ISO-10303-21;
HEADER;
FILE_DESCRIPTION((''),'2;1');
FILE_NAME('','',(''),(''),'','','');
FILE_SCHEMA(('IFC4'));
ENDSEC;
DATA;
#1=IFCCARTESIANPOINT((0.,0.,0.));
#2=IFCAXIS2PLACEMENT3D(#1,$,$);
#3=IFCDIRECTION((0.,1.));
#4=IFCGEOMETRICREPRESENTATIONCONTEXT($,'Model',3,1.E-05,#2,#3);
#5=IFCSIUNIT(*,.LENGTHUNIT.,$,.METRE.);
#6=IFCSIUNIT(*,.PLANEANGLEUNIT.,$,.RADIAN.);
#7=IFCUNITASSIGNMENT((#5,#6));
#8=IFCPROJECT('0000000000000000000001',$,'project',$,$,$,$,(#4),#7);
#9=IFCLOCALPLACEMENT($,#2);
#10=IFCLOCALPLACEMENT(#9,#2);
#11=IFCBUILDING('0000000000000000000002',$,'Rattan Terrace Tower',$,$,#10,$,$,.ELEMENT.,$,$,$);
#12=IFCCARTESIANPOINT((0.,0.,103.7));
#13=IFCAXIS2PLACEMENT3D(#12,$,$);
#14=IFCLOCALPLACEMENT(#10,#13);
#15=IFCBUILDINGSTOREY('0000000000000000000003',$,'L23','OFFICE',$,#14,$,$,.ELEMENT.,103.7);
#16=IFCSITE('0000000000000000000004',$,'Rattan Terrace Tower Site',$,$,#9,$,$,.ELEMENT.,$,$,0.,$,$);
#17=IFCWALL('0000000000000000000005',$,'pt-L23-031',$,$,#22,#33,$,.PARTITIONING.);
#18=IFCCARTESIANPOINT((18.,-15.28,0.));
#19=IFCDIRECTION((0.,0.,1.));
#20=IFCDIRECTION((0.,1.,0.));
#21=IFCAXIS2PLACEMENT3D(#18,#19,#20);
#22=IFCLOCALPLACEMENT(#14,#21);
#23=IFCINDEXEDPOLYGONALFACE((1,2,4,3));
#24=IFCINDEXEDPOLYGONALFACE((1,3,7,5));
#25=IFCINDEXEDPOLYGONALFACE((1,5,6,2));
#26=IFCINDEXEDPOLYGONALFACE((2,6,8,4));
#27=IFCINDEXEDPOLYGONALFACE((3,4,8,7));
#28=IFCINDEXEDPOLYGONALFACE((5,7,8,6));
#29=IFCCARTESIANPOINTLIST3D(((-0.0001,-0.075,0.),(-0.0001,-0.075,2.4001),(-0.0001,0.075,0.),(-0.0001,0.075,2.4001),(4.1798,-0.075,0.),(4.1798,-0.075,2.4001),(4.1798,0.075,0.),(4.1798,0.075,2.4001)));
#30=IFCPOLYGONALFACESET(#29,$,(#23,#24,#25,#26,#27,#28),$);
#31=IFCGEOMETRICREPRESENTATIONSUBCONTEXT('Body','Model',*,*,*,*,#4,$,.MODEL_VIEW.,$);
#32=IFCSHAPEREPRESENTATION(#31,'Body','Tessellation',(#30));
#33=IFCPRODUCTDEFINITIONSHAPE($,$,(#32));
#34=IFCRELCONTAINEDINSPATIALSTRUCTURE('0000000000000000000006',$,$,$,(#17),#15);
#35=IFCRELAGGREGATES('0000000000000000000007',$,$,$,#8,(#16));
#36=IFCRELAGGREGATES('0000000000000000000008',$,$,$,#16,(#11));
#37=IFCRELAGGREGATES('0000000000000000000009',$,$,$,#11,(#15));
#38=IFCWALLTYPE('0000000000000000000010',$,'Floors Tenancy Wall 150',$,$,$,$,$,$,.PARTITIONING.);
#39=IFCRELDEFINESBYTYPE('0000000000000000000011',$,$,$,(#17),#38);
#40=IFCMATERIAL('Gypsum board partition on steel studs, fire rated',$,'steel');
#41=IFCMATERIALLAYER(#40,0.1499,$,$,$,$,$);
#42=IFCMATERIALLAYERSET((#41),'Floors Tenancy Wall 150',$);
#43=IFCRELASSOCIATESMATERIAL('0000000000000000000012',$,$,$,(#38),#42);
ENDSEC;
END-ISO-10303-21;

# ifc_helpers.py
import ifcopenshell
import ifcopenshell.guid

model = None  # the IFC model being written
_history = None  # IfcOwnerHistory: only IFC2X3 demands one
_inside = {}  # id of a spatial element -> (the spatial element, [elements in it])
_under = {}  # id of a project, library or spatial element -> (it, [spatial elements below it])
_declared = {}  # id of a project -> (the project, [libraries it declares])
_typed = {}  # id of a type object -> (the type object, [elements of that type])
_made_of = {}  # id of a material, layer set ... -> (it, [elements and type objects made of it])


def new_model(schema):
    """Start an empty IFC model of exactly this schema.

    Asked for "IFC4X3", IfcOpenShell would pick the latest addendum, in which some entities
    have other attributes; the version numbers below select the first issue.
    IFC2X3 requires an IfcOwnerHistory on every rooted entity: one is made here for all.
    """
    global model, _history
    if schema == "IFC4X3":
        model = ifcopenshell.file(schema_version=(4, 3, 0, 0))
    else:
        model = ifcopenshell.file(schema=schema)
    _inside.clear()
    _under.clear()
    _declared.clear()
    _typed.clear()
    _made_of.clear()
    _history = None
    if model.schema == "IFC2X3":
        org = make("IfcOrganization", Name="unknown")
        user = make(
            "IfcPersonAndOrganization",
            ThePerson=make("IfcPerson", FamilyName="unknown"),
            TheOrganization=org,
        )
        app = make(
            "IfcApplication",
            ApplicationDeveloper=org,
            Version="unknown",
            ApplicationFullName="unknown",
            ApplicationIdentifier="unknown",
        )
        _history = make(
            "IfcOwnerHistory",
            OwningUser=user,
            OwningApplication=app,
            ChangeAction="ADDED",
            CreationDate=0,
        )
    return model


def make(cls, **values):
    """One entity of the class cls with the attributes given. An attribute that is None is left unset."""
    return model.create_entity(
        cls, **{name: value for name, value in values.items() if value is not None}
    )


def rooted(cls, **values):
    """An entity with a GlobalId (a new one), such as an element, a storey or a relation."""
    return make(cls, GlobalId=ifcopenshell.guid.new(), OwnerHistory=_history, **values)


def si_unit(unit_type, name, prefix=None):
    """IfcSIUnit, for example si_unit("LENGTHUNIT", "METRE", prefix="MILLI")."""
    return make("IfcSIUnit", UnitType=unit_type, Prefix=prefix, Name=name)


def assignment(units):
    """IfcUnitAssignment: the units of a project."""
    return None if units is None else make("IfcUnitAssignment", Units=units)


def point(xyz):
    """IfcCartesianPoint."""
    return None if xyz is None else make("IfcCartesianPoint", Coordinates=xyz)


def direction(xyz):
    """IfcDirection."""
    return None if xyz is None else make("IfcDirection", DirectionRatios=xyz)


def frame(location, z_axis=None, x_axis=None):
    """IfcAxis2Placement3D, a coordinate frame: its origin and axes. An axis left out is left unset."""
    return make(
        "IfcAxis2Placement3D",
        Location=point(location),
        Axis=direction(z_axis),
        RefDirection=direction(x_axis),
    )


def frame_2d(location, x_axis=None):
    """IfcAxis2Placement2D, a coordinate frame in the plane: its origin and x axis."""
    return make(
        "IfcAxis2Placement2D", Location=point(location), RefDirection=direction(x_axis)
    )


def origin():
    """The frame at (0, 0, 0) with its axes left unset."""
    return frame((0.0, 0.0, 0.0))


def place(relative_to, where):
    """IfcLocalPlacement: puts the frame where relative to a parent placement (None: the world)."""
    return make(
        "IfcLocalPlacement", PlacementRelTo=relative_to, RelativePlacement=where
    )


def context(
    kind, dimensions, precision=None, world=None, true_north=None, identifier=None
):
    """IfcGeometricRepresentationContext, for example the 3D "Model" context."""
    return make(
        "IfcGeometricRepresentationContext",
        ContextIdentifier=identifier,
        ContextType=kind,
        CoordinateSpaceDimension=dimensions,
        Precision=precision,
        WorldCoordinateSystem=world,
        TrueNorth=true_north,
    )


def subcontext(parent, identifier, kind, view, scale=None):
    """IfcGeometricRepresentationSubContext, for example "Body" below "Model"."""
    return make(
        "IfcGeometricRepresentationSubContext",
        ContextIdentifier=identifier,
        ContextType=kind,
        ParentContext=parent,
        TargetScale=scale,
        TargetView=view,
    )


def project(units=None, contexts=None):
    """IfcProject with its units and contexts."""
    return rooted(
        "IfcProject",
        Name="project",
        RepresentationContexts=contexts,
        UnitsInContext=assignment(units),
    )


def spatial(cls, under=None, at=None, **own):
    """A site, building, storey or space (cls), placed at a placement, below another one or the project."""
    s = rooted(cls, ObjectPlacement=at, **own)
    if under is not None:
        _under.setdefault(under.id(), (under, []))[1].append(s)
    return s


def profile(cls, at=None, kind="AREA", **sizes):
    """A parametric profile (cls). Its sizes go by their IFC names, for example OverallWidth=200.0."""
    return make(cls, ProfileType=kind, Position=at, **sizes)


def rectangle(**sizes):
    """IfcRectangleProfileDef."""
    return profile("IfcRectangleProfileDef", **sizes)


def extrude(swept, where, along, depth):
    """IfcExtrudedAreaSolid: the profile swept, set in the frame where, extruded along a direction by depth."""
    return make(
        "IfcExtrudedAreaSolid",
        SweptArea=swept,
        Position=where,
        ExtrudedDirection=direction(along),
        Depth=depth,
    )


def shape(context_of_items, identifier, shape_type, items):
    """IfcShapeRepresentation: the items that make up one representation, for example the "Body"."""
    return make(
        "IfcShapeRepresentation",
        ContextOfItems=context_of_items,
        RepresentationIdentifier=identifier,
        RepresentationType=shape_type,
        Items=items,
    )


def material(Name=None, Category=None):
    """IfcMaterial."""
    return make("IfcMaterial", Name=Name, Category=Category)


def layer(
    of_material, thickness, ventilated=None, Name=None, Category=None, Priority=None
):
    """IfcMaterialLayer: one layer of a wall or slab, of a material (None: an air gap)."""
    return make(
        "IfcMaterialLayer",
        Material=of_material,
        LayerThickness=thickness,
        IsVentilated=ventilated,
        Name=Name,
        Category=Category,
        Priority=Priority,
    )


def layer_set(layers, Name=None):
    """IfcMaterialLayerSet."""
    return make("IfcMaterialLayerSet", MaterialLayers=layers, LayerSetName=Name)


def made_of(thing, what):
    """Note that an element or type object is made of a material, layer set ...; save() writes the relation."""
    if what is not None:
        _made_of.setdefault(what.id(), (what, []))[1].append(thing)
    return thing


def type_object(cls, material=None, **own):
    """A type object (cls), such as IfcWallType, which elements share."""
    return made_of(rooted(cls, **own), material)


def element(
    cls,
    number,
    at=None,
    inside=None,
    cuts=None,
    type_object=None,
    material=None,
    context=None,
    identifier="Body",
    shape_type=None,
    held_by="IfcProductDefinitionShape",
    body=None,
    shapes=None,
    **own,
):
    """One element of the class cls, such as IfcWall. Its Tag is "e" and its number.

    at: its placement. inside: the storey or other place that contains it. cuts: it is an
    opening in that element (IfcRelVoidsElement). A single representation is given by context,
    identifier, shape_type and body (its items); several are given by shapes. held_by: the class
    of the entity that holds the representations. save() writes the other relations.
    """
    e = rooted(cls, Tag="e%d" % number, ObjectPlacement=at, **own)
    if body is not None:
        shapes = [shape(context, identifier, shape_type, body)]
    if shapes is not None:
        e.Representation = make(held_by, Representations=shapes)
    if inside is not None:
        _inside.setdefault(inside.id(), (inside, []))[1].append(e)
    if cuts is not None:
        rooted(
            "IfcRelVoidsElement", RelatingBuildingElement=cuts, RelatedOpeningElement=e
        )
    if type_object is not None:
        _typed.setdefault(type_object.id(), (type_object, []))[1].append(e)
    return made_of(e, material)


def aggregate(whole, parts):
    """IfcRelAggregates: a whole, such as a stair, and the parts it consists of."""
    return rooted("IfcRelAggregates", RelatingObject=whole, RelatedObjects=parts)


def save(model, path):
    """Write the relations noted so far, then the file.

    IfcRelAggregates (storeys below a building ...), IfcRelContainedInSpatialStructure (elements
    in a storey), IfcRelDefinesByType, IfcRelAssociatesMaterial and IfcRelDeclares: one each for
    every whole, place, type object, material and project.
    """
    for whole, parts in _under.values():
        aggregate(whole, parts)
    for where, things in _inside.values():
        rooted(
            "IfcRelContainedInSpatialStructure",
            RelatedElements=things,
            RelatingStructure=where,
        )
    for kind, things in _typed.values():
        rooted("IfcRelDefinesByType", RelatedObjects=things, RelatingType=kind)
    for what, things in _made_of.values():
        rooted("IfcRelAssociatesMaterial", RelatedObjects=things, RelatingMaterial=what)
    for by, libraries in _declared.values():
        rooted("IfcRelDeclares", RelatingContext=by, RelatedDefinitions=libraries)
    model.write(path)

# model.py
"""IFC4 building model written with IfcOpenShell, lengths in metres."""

from ifc_helpers import new_model, si_unit, direction, frame, frame_2d, origin, place, context, subcontext, project, spatial, rectangle, extrude, material, layer, layer_set, type_object, element, save


model = new_model("IFC4")

# Units and contexts
model_context = context("Model", 3, precision=1e-05, world=origin(), true_north=direction((0.0, 1.0)))
body_context = subcontext(model_context, "Body", "Model", "MODEL_VIEW")
ifc_project = project(units=[si_unit("LENGTHUNIT", "METRE"), si_unit("PLANEANGLEUNIT", "RADIAN")], contexts=[model_context])

# Site, building, storey
site_placement = place(None, origin())
site = spatial("IfcSite", under=ifc_project, at=site_placement, Name="Rattan Terrace Tower Site", CompositionType="ELEMENT", RefElevation=0.0)
building_placement = place(site_placement, origin())
building = spatial("IfcBuilding", under=site, at=building_placement, Name="Rattan Terrace Tower", CompositionType="ELEMENT")
storey_placement = place(building_placement, frame((0.0, 0.0, 103.7)))
storey = spatial("IfcBuildingStorey", under=building, at=storey_placement, Name="L23", Description="OFFICE", CompositionType="ELEMENT", Elevation=103.7)

# Shared definitions
ifc_material_1 = material(Name="Gypsum board partition on steel studs, fire rated", Category="steel")
ifc_layer_1 = layer(ifc_material_1, 0.1499)
ifc_layer_set_1 = layer_set([ifc_layer_1], Name="Floors Tenancy Wall 150")
wall_type_1 = type_object("IfcWallType", Name="Floors Tenancy Wall 150", PredefinedType="PARTITIONING", material=ifc_layer_set_1)

# Wall
wall_1_placement = place(storey_placement, frame((18.0, -15.28, 0.0), z_axis=(0.0, 0.0, 1.0), x_axis=(0.0, 1.0, 0.0)))
element("IfcWall", 1, at=wall_1_placement, inside=storey, type_object=wall_type_1, Name="pt-L23-031", PredefinedType="PARTITIONING", context=body_context, shape_type="SweptSolid", body=[
    extrude(rectangle(XDim=4.1799, YDim=0.1499, at=frame_2d((2.0898, 0.0))), origin(), (0.0, 0.0, 1.0), 2.4001),
])

save(model, "model.ifc")
